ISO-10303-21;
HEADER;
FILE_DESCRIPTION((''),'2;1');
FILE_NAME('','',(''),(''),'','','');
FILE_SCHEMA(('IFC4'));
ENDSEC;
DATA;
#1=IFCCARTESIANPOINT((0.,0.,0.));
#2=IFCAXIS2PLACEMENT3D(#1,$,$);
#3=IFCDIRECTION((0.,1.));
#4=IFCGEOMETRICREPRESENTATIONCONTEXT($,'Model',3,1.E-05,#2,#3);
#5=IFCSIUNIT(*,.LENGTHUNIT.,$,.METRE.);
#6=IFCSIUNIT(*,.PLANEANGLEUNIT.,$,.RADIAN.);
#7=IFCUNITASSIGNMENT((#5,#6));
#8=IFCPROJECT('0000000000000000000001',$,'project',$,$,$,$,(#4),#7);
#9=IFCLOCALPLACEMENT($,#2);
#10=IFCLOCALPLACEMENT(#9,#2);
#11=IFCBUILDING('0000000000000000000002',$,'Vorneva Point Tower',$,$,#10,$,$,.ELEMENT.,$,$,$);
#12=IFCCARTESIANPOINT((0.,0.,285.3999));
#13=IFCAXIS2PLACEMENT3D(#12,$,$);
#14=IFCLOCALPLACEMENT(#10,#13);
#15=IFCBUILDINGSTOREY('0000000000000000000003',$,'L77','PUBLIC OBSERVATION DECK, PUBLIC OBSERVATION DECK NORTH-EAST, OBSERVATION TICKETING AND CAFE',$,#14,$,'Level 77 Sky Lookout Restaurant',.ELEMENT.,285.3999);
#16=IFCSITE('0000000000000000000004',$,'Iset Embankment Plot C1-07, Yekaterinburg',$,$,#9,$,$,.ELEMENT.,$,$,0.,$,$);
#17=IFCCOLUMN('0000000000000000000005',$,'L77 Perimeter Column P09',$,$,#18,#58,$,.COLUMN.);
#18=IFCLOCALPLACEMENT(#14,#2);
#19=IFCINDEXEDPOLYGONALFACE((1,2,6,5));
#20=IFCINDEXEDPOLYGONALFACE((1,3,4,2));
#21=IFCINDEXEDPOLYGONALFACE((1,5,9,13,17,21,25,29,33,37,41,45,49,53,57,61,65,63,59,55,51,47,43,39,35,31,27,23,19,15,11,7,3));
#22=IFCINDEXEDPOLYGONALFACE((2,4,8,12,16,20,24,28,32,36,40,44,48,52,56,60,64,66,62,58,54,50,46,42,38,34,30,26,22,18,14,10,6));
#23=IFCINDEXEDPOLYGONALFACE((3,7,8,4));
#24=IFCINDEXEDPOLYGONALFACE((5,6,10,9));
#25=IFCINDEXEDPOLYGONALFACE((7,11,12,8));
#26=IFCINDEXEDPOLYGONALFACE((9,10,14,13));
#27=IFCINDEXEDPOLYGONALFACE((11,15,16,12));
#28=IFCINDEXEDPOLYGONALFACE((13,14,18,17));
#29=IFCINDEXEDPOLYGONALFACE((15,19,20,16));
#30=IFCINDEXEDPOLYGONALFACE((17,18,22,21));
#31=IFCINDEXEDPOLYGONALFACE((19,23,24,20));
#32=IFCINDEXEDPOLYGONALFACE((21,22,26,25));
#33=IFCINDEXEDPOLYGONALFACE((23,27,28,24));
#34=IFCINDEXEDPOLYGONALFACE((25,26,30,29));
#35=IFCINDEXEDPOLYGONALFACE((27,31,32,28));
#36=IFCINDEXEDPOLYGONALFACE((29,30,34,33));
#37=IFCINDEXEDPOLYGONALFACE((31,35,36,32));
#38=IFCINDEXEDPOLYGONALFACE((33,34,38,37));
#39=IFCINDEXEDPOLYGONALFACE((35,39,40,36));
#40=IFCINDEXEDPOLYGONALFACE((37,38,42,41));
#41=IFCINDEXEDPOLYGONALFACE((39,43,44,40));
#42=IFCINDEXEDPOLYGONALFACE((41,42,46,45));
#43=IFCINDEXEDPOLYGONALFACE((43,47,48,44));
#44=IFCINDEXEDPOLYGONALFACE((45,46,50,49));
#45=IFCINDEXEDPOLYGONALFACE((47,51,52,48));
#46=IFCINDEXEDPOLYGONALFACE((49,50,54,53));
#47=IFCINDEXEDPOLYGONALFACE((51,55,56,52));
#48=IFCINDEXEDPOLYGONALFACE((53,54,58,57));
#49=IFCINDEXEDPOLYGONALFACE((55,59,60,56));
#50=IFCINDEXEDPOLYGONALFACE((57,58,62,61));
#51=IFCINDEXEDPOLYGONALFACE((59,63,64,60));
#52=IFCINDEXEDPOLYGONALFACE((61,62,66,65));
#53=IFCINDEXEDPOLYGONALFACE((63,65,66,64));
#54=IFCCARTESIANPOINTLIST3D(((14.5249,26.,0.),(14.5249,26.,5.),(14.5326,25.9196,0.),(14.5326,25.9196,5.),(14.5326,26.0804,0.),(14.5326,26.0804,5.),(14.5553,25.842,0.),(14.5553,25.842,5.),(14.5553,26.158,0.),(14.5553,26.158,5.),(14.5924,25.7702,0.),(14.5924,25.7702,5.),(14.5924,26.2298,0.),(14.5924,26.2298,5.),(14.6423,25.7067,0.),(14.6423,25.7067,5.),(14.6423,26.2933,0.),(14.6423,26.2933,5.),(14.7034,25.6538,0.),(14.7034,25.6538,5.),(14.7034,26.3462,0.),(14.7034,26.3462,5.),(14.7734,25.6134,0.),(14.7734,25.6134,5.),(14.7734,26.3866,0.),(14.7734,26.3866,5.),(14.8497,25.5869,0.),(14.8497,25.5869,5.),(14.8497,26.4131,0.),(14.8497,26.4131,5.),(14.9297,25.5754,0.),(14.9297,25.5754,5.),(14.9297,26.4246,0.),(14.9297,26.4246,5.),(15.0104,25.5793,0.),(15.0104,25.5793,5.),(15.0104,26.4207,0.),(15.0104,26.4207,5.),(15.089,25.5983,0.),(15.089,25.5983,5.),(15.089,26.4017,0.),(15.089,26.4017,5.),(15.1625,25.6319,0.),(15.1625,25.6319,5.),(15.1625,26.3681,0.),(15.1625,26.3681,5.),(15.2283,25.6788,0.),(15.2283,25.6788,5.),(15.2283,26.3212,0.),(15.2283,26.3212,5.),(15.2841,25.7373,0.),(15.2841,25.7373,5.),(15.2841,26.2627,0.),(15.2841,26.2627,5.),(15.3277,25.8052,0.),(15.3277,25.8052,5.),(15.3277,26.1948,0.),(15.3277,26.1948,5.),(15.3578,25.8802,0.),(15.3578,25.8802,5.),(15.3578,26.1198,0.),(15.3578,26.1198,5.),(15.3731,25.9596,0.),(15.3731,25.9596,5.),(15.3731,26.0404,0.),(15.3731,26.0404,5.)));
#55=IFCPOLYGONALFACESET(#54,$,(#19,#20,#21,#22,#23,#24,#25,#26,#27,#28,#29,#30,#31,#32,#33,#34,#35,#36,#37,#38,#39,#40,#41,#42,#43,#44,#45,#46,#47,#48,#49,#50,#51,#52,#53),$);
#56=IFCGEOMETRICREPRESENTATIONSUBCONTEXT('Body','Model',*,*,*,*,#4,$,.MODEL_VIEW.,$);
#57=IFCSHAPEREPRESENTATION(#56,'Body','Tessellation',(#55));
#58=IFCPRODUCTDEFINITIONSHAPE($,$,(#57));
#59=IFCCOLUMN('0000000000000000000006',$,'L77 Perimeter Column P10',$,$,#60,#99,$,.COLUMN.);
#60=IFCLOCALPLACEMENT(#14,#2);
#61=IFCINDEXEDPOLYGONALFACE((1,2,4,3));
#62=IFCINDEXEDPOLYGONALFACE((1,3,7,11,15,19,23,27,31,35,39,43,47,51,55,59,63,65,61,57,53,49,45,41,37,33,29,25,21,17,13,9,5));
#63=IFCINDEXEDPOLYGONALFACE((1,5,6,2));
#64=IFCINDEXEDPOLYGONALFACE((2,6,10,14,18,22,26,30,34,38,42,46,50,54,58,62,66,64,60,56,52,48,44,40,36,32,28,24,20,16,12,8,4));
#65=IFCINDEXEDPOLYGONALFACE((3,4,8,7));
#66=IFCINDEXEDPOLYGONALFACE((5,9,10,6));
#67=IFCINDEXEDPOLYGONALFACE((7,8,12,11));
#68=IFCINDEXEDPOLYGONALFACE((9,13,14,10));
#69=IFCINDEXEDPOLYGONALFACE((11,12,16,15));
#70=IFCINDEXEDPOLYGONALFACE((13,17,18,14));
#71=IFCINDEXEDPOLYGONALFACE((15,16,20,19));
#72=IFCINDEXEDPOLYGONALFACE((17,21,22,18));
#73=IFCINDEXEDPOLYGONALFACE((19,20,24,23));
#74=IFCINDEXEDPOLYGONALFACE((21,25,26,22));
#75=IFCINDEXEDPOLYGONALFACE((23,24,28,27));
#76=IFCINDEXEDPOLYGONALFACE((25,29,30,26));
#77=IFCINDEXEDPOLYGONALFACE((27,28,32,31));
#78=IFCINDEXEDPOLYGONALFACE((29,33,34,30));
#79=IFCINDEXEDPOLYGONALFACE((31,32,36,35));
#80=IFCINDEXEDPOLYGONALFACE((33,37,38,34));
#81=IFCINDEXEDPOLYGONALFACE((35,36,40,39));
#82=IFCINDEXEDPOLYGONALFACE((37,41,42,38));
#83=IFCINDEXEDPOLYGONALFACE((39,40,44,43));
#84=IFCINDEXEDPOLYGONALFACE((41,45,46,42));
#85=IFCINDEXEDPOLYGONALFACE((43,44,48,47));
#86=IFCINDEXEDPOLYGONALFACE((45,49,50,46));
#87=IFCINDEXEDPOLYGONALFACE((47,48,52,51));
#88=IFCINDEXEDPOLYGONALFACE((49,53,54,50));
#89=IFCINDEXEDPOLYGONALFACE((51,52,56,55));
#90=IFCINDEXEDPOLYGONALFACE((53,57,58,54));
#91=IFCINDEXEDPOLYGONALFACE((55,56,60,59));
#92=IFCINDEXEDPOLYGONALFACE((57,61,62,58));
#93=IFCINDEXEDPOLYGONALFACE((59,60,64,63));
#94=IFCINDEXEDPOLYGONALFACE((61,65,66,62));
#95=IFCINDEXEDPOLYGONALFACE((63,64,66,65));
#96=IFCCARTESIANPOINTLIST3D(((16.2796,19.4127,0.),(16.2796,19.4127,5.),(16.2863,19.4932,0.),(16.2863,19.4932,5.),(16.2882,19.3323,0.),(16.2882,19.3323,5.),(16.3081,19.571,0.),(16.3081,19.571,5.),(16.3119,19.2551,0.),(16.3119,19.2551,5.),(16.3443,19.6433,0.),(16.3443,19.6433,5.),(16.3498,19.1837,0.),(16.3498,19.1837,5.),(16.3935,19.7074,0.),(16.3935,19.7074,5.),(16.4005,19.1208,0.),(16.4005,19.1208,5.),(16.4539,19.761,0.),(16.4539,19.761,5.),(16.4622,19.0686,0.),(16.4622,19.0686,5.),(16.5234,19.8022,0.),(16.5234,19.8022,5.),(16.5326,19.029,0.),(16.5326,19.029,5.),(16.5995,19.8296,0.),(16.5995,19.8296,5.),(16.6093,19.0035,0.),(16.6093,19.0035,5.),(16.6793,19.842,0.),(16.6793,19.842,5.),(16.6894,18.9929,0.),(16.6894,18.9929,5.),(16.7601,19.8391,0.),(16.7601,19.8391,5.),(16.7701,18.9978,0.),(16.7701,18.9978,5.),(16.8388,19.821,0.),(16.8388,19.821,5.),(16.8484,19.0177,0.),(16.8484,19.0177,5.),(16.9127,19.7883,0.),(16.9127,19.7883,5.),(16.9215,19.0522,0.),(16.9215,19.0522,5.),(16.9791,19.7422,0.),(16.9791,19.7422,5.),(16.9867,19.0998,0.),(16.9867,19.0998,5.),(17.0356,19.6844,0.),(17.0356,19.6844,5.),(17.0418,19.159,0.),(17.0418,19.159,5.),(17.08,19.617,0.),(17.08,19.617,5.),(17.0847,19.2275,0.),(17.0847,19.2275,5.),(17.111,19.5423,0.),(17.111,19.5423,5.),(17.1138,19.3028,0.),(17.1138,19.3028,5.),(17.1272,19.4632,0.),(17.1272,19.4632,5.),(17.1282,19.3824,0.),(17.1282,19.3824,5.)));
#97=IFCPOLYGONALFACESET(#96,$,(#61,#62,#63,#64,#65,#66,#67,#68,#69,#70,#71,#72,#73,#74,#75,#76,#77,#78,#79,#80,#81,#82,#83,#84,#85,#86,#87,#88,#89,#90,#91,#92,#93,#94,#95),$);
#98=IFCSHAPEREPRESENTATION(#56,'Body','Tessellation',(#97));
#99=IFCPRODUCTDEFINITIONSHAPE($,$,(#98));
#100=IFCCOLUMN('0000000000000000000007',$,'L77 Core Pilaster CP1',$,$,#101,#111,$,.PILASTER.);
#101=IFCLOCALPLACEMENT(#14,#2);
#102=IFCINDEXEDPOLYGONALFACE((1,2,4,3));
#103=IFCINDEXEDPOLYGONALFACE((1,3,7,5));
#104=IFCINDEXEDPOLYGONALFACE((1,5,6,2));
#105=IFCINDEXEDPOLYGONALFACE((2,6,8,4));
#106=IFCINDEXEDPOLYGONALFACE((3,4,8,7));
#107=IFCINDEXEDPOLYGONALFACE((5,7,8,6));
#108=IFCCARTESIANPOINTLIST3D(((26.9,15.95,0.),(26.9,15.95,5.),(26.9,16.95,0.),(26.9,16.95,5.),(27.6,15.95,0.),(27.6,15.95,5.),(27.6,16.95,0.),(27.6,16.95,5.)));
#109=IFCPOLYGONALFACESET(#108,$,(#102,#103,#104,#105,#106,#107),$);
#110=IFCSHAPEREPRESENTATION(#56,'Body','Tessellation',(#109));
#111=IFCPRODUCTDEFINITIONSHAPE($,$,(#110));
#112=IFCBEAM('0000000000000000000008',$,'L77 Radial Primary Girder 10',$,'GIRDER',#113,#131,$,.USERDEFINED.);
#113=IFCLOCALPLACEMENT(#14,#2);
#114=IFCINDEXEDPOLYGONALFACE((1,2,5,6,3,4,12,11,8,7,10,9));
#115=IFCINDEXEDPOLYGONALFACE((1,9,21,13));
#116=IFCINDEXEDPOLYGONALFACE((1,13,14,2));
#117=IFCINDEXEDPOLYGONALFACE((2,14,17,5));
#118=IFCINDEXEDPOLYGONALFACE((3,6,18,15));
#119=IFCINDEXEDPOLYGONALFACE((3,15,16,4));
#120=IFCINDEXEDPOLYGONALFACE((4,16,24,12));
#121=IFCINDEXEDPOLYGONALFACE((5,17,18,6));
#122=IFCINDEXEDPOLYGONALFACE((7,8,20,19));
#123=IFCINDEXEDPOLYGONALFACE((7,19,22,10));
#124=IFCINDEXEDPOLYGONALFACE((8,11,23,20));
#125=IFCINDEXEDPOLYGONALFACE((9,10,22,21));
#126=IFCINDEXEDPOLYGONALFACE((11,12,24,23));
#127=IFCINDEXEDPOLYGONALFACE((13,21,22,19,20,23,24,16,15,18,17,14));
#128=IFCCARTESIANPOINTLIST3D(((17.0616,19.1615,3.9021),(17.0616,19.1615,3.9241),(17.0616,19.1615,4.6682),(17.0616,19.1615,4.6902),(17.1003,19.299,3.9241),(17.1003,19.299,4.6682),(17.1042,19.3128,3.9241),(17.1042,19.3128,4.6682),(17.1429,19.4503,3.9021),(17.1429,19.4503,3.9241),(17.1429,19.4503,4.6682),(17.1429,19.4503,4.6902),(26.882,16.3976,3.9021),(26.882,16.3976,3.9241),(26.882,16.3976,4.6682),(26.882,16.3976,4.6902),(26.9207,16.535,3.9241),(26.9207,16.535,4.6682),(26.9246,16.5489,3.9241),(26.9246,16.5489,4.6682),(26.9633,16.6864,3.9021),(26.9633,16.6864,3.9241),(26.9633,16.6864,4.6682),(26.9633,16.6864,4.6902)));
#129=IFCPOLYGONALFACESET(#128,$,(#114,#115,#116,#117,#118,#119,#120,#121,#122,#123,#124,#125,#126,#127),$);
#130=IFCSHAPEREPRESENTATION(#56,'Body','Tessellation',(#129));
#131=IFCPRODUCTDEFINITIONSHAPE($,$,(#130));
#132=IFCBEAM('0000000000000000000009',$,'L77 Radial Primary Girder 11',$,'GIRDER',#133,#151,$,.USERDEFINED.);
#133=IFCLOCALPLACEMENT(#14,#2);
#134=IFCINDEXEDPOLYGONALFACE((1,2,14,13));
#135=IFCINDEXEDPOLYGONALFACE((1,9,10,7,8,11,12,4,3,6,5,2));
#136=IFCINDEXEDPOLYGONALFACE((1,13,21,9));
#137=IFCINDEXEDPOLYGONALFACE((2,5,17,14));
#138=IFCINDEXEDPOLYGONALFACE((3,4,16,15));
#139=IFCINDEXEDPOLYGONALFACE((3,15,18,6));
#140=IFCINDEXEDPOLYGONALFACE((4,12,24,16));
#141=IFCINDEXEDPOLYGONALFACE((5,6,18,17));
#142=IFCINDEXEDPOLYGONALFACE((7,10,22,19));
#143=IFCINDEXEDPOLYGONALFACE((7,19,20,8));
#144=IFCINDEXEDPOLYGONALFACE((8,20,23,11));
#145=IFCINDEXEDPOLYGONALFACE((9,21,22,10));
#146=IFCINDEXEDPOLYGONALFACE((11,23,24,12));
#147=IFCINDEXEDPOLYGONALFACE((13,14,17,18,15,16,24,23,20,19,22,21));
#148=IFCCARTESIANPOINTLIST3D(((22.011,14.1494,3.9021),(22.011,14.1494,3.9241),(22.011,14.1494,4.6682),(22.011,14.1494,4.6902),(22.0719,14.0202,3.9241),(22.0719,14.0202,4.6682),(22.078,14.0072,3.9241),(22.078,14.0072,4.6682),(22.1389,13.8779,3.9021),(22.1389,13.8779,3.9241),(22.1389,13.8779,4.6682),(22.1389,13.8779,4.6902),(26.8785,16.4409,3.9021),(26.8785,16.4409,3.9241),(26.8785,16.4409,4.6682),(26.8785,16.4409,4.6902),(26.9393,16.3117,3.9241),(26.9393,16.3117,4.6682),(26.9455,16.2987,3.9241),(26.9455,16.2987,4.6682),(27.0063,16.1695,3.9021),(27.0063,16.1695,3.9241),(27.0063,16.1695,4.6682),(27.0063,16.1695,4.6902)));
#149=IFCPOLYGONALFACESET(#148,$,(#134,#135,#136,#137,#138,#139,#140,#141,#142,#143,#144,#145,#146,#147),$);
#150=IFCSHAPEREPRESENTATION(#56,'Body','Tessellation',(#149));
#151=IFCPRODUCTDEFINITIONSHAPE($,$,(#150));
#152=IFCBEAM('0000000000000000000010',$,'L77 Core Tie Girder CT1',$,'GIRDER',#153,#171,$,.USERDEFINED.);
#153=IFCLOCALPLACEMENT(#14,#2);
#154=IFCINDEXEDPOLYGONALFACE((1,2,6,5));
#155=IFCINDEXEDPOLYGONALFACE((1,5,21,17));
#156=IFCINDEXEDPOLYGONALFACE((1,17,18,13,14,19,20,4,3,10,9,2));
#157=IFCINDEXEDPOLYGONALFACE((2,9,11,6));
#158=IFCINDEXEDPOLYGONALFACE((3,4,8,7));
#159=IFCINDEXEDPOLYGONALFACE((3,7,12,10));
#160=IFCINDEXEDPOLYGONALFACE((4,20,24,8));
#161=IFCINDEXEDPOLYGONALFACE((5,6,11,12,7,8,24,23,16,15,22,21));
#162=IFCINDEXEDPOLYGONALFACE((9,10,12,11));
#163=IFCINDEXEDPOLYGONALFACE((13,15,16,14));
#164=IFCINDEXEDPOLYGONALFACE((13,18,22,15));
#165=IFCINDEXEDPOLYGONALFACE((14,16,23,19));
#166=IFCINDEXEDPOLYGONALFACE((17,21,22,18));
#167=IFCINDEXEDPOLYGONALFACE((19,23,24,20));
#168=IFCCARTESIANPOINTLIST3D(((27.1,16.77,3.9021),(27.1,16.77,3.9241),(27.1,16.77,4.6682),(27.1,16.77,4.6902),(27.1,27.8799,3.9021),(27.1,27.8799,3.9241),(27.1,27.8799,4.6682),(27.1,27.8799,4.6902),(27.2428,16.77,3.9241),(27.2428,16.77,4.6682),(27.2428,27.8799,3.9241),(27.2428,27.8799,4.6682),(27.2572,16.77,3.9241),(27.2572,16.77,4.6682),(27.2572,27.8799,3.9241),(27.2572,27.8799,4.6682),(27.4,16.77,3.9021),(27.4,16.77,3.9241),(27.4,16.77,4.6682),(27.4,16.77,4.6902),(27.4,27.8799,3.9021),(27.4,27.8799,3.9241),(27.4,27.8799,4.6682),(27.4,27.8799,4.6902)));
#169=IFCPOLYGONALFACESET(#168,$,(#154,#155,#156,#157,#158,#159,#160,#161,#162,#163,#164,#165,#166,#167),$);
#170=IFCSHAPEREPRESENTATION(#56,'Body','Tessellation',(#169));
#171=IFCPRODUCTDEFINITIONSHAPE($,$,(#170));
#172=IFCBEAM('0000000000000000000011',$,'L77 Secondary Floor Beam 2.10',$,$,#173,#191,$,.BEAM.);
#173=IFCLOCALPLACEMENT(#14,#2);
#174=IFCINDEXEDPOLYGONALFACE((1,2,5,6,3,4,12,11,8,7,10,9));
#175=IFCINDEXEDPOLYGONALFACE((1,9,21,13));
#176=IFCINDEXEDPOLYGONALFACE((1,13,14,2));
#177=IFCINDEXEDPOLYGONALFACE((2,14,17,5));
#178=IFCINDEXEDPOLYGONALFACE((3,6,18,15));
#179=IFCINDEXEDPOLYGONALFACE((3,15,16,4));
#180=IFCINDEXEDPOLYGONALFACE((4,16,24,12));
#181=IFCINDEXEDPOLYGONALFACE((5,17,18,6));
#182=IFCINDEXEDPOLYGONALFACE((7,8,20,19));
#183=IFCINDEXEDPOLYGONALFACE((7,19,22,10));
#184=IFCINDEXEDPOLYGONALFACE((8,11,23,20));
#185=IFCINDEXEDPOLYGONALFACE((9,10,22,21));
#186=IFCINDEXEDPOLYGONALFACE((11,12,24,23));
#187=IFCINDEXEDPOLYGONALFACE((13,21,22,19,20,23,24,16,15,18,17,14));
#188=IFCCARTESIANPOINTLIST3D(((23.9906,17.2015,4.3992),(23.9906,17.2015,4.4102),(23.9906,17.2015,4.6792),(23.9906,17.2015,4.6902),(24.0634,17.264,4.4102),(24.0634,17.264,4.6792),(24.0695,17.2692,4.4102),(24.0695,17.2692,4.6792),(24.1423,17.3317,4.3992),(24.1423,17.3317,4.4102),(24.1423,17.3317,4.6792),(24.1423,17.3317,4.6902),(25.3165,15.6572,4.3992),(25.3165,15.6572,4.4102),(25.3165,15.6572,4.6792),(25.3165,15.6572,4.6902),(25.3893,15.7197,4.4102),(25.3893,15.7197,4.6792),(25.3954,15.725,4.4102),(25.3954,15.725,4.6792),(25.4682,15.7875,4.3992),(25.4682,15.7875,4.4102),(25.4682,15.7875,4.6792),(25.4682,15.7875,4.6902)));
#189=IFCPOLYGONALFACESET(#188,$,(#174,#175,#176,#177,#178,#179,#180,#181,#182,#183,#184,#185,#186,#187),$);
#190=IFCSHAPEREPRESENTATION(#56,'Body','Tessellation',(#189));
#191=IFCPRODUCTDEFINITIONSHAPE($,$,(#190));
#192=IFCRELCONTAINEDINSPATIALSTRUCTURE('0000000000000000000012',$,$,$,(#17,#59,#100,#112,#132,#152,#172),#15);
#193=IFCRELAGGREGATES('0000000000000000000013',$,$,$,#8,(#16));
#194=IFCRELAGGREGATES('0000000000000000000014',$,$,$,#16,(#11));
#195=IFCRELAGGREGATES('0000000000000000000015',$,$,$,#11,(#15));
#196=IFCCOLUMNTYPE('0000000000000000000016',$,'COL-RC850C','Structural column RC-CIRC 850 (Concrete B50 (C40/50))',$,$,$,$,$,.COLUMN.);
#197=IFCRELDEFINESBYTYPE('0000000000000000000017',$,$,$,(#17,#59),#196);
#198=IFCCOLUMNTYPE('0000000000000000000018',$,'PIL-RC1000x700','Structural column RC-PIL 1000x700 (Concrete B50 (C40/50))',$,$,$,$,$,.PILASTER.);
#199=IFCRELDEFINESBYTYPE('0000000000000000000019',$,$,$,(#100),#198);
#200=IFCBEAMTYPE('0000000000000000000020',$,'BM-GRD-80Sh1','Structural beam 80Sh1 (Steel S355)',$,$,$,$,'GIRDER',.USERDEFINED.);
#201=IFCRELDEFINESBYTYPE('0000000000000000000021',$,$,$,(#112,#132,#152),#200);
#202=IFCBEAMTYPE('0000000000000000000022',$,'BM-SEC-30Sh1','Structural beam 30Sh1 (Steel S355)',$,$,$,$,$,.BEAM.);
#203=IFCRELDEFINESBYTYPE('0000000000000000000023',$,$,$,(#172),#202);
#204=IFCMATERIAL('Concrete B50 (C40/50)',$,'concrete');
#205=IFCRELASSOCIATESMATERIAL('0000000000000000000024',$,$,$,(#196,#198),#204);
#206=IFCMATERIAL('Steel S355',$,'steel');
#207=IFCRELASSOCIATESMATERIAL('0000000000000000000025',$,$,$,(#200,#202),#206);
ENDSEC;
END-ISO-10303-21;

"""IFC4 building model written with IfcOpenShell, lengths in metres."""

from ifc_helpers import new_model, si_unit, direction, frame, origin, origin_2d, place, context, subcontext, project, spatial, rectangle, circle, i_section, extrude, material, material_profile, profile_set, type_object, element, save


model = new_model("IFC4")

# Units and contexts
model_context = context("Model", 3, precision=1e-05, world=origin(), true_north=direction((0.0, 1.0)))
body_context = subcontext(model_context, "Body", "Model", "MODEL_VIEW")
ifc_project = project(units=[si_unit("LENGTHUNIT", "METRE"), si_unit("PLANEANGLEUNIT", "RADIAN")], contexts=[model_context])

# Site, building, storey
site_placement = place(None, origin())
site = spatial("IfcSite", under=ifc_project, at=site_placement, Name="Iset Embankment Plot C1-07, Yekaterinburg", CompositionType="ELEMENT", RefElevation=0.0)
building_placement = place(site_placement, origin())
building = spatial("IfcBuilding", under=site, at=building_placement, Name="Vorneva Point Tower", CompositionType="ELEMENT")
storey_placement = place(building_placement, frame((0.0, 0.0, 285.3999)))
storey = spatial("IfcBuildingStorey", under=building, at=storey_placement, Name="L77", Description="PUBLIC OBSERVATION DECK, PUBLIC OBSERVATION DECK NORTH-EAST, OBSERVATION TICKETING AND CAFE", LongName="Level 77 Sky Lookout Restaurant", CompositionType="ELEMENT", Elevation=285.3999)

# Columns
ifc_material_1 = material(Name="Concrete B50 (C40/50)", Category="concrete")
ifc_material_profile_1 = material_profile(ifc_material_1, circle(Radius=0.425, at=origin_2d()), Name="RC-CIRC 850")
ifc_profile_set_1 = profile_set([ifc_material_profile_1], Name="Concrete B50 (C40/50)")
column_type_1 = type_object("IfcColumnType", Name="COL-RC850C", Description="Structural column RC-CIRC 850 (Concrete B50 (C40/50))", PredefinedType="COLUMN", material=ifc_profile_set_1)
for number, where, z_axis, x_axis, name in (
    (1, (14.95, 26.0, 0.0), (0.0, 0.0, 1.0), (-1.0, 0.0, 0.0), "L77 Perimeter Column P09"),
    (2, (16.7046, 19.4177, 0.0), (0.0, 0.0, 1.0), (-0.92388, -0.382683, 0.0), "L77 Perimeter Column P10"),
):
    element("IfcColumn", number, at=place(storey_placement, frame(where, z_axis=z_axis, x_axis=x_axis)), inside=storey, type_object=column_type_1, Name=name, PredefinedType="COLUMN", context=body_context, shape_type="SweptSolid", body=[
        extrude(circle(Radius=0.425, at=origin_2d()), origin(), (0.0, 0.0, 1.0), 5.0),
    ])
ifc_material_profile_2 = material_profile(ifc_material_1, rectangle(XDim=0.7, YDim=1.0, at=origin_2d()), Name="RC-PIL 1000x700")
ifc_profile_set_2 = profile_set([ifc_material_profile_2], Name="Concrete B50 (C40/50)")
column_type_2 = type_object("IfcColumnType", Name="PIL-RC1000x700", Description="Structural column RC-PIL 1000x700 (Concrete B50 (C40/50))", PredefinedType="PILASTER", material=ifc_profile_set_2)
column_placement = place(storey_placement, frame((27.25, 16.45, 0.0), z_axis=(0.0, 0.0, 1.0), x_axis=(1.0, 0.0, 0.0)))
element("IfcColumn", 3, at=column_placement, inside=storey, type_object=column_type_2, Name="L77 Core Pilaster CP1", PredefinedType="PILASTER", context=body_context, shape_type="SweptSolid", body=[
    extrude(rectangle(XDim=0.7, YDim=1.0, at=origin_2d()), origin(), (0.0, 0.0, 1.0), 5.0),
])

# Beams
ifc_material_2 = material(Name="Steel S355", Category="steel")
ifc_material_profile_3 = material_profile(ifc_material_2, i_section(OverallWidth=0.3, OverallDepth=0.7881, WebThickness=0.0144, FlangeThickness=0.022, at=origin_2d()), Name="80Sh1")
ifc_profile_set_3 = profile_set([ifc_material_profile_3], Name="Steel S355")
beam_type_1 = type_object("IfcBeamType", Name="BM-GRD-80Sh1", Description="Structural beam 80Sh1 (Steel S355)", ElementType="GIRDER", PredefinedType="USERDEFINED", material=ifc_profile_set_3)
beam_1_placement = place(storey_placement, frame((17.1023, 19.3059, 4.2961), z_axis=(0.962601, -0.270923, 0.0), x_axis=(0.270923, 0.962601, 0.0)))
element("IfcBeam", 4, at=beam_1_placement, inside=storey, type_object=beam_type_1, Name="L77 Radial Primary Girder 10", ObjectType="GIRDER", PredefinedType="USERDEFINED", context=body_context, shape_type="SweptSolid", body=[
    extrude(i_section(OverallWidth=0.3, OverallDepth=0.7881, WebThickness=0.0144, FlangeThickness=0.022, at=origin_2d()), origin(), (0.0, 0.0, 1.0), 10.2019),
])
beam_2_placement = place(storey_placement, frame((22.075, 14.0137, 4.2961), z_axis=(0.904751, 0.425941, 0.0), x_axis=(-0.425941, 0.904751, 0.0)))
element("IfcBeam", 5, at=beam_2_placement, inside=storey, type_object=beam_type_1, Name="L77 Radial Primary Girder 11", ObjectType="GIRDER", PredefinedType="USERDEFINED", context=body_context, shape_type="SweptSolid", body=[
    extrude(i_section(OverallWidth=0.3, OverallDepth=0.7881, WebThickness=0.0144, FlangeThickness=0.022, at=origin_2d()), origin(), (0.0, 0.0, 1.0), 5.3799),
])
beam_3_placement = place(storey_placement, frame((27.25, 16.77, 4.2961), z_axis=(0.0, 1.0, 0.0), x_axis=(-1.0, 0.0, 0.0)))
element("IfcBeam", 6, at=beam_3_placement, inside=storey, type_object=beam_type_1, Name="L77 Core Tie Girder CT1", ObjectType="GIRDER", PredefinedType="USERDEFINED", context=body_context, shape_type="SweptSolid", body=[
    extrude(i_section(OverallWidth=0.3, OverallDepth=0.7881, WebThickness=0.0144, FlangeThickness=0.022, at=origin_2d()), origin(), (0.0, 0.0, 1.0), 11.1099),
])
ifc_material_profile_4 = material_profile(ifc_material_2, i_section(OverallWidth=0.2, OverallDepth=0.291, WebThickness=0.0081, FlangeThickness=0.011, at=origin_2d()), Name="30Sh1")
ifc_profile_set_4 = profile_set([ifc_material_profile_4], Name="Steel S355")
beam_type_2 = type_object("IfcBeamType", Name="BM-SEC-30Sh1", Description="Structural beam 30Sh1 (Steel S355)", PredefinedType="BEAM", material=ifc_profile_set_4)
beam_4_placement = place(storey_placement, frame((24.0664, 17.2666, 4.5447), z_axis=(0.651453, -0.758689, 0.0), x_axis=(0.758689, 0.651453, 0.0)))
element("IfcBeam", 7, at=beam_4_placement, inside=storey, type_object=beam_type_2, Name="L77 Secondary Floor Beam 2.10", PredefinedType="BEAM", context=body_context, shape_type="SweptSolid", body=[
    extrude(i_section(OverallWidth=0.2, OverallDepth=0.291, WebThickness=0.0081, FlangeThickness=0.011, at=origin_2d()), origin(), (0.0, 0.0, 1.0), 2.0354),
])

save(model, "model.ifc")
